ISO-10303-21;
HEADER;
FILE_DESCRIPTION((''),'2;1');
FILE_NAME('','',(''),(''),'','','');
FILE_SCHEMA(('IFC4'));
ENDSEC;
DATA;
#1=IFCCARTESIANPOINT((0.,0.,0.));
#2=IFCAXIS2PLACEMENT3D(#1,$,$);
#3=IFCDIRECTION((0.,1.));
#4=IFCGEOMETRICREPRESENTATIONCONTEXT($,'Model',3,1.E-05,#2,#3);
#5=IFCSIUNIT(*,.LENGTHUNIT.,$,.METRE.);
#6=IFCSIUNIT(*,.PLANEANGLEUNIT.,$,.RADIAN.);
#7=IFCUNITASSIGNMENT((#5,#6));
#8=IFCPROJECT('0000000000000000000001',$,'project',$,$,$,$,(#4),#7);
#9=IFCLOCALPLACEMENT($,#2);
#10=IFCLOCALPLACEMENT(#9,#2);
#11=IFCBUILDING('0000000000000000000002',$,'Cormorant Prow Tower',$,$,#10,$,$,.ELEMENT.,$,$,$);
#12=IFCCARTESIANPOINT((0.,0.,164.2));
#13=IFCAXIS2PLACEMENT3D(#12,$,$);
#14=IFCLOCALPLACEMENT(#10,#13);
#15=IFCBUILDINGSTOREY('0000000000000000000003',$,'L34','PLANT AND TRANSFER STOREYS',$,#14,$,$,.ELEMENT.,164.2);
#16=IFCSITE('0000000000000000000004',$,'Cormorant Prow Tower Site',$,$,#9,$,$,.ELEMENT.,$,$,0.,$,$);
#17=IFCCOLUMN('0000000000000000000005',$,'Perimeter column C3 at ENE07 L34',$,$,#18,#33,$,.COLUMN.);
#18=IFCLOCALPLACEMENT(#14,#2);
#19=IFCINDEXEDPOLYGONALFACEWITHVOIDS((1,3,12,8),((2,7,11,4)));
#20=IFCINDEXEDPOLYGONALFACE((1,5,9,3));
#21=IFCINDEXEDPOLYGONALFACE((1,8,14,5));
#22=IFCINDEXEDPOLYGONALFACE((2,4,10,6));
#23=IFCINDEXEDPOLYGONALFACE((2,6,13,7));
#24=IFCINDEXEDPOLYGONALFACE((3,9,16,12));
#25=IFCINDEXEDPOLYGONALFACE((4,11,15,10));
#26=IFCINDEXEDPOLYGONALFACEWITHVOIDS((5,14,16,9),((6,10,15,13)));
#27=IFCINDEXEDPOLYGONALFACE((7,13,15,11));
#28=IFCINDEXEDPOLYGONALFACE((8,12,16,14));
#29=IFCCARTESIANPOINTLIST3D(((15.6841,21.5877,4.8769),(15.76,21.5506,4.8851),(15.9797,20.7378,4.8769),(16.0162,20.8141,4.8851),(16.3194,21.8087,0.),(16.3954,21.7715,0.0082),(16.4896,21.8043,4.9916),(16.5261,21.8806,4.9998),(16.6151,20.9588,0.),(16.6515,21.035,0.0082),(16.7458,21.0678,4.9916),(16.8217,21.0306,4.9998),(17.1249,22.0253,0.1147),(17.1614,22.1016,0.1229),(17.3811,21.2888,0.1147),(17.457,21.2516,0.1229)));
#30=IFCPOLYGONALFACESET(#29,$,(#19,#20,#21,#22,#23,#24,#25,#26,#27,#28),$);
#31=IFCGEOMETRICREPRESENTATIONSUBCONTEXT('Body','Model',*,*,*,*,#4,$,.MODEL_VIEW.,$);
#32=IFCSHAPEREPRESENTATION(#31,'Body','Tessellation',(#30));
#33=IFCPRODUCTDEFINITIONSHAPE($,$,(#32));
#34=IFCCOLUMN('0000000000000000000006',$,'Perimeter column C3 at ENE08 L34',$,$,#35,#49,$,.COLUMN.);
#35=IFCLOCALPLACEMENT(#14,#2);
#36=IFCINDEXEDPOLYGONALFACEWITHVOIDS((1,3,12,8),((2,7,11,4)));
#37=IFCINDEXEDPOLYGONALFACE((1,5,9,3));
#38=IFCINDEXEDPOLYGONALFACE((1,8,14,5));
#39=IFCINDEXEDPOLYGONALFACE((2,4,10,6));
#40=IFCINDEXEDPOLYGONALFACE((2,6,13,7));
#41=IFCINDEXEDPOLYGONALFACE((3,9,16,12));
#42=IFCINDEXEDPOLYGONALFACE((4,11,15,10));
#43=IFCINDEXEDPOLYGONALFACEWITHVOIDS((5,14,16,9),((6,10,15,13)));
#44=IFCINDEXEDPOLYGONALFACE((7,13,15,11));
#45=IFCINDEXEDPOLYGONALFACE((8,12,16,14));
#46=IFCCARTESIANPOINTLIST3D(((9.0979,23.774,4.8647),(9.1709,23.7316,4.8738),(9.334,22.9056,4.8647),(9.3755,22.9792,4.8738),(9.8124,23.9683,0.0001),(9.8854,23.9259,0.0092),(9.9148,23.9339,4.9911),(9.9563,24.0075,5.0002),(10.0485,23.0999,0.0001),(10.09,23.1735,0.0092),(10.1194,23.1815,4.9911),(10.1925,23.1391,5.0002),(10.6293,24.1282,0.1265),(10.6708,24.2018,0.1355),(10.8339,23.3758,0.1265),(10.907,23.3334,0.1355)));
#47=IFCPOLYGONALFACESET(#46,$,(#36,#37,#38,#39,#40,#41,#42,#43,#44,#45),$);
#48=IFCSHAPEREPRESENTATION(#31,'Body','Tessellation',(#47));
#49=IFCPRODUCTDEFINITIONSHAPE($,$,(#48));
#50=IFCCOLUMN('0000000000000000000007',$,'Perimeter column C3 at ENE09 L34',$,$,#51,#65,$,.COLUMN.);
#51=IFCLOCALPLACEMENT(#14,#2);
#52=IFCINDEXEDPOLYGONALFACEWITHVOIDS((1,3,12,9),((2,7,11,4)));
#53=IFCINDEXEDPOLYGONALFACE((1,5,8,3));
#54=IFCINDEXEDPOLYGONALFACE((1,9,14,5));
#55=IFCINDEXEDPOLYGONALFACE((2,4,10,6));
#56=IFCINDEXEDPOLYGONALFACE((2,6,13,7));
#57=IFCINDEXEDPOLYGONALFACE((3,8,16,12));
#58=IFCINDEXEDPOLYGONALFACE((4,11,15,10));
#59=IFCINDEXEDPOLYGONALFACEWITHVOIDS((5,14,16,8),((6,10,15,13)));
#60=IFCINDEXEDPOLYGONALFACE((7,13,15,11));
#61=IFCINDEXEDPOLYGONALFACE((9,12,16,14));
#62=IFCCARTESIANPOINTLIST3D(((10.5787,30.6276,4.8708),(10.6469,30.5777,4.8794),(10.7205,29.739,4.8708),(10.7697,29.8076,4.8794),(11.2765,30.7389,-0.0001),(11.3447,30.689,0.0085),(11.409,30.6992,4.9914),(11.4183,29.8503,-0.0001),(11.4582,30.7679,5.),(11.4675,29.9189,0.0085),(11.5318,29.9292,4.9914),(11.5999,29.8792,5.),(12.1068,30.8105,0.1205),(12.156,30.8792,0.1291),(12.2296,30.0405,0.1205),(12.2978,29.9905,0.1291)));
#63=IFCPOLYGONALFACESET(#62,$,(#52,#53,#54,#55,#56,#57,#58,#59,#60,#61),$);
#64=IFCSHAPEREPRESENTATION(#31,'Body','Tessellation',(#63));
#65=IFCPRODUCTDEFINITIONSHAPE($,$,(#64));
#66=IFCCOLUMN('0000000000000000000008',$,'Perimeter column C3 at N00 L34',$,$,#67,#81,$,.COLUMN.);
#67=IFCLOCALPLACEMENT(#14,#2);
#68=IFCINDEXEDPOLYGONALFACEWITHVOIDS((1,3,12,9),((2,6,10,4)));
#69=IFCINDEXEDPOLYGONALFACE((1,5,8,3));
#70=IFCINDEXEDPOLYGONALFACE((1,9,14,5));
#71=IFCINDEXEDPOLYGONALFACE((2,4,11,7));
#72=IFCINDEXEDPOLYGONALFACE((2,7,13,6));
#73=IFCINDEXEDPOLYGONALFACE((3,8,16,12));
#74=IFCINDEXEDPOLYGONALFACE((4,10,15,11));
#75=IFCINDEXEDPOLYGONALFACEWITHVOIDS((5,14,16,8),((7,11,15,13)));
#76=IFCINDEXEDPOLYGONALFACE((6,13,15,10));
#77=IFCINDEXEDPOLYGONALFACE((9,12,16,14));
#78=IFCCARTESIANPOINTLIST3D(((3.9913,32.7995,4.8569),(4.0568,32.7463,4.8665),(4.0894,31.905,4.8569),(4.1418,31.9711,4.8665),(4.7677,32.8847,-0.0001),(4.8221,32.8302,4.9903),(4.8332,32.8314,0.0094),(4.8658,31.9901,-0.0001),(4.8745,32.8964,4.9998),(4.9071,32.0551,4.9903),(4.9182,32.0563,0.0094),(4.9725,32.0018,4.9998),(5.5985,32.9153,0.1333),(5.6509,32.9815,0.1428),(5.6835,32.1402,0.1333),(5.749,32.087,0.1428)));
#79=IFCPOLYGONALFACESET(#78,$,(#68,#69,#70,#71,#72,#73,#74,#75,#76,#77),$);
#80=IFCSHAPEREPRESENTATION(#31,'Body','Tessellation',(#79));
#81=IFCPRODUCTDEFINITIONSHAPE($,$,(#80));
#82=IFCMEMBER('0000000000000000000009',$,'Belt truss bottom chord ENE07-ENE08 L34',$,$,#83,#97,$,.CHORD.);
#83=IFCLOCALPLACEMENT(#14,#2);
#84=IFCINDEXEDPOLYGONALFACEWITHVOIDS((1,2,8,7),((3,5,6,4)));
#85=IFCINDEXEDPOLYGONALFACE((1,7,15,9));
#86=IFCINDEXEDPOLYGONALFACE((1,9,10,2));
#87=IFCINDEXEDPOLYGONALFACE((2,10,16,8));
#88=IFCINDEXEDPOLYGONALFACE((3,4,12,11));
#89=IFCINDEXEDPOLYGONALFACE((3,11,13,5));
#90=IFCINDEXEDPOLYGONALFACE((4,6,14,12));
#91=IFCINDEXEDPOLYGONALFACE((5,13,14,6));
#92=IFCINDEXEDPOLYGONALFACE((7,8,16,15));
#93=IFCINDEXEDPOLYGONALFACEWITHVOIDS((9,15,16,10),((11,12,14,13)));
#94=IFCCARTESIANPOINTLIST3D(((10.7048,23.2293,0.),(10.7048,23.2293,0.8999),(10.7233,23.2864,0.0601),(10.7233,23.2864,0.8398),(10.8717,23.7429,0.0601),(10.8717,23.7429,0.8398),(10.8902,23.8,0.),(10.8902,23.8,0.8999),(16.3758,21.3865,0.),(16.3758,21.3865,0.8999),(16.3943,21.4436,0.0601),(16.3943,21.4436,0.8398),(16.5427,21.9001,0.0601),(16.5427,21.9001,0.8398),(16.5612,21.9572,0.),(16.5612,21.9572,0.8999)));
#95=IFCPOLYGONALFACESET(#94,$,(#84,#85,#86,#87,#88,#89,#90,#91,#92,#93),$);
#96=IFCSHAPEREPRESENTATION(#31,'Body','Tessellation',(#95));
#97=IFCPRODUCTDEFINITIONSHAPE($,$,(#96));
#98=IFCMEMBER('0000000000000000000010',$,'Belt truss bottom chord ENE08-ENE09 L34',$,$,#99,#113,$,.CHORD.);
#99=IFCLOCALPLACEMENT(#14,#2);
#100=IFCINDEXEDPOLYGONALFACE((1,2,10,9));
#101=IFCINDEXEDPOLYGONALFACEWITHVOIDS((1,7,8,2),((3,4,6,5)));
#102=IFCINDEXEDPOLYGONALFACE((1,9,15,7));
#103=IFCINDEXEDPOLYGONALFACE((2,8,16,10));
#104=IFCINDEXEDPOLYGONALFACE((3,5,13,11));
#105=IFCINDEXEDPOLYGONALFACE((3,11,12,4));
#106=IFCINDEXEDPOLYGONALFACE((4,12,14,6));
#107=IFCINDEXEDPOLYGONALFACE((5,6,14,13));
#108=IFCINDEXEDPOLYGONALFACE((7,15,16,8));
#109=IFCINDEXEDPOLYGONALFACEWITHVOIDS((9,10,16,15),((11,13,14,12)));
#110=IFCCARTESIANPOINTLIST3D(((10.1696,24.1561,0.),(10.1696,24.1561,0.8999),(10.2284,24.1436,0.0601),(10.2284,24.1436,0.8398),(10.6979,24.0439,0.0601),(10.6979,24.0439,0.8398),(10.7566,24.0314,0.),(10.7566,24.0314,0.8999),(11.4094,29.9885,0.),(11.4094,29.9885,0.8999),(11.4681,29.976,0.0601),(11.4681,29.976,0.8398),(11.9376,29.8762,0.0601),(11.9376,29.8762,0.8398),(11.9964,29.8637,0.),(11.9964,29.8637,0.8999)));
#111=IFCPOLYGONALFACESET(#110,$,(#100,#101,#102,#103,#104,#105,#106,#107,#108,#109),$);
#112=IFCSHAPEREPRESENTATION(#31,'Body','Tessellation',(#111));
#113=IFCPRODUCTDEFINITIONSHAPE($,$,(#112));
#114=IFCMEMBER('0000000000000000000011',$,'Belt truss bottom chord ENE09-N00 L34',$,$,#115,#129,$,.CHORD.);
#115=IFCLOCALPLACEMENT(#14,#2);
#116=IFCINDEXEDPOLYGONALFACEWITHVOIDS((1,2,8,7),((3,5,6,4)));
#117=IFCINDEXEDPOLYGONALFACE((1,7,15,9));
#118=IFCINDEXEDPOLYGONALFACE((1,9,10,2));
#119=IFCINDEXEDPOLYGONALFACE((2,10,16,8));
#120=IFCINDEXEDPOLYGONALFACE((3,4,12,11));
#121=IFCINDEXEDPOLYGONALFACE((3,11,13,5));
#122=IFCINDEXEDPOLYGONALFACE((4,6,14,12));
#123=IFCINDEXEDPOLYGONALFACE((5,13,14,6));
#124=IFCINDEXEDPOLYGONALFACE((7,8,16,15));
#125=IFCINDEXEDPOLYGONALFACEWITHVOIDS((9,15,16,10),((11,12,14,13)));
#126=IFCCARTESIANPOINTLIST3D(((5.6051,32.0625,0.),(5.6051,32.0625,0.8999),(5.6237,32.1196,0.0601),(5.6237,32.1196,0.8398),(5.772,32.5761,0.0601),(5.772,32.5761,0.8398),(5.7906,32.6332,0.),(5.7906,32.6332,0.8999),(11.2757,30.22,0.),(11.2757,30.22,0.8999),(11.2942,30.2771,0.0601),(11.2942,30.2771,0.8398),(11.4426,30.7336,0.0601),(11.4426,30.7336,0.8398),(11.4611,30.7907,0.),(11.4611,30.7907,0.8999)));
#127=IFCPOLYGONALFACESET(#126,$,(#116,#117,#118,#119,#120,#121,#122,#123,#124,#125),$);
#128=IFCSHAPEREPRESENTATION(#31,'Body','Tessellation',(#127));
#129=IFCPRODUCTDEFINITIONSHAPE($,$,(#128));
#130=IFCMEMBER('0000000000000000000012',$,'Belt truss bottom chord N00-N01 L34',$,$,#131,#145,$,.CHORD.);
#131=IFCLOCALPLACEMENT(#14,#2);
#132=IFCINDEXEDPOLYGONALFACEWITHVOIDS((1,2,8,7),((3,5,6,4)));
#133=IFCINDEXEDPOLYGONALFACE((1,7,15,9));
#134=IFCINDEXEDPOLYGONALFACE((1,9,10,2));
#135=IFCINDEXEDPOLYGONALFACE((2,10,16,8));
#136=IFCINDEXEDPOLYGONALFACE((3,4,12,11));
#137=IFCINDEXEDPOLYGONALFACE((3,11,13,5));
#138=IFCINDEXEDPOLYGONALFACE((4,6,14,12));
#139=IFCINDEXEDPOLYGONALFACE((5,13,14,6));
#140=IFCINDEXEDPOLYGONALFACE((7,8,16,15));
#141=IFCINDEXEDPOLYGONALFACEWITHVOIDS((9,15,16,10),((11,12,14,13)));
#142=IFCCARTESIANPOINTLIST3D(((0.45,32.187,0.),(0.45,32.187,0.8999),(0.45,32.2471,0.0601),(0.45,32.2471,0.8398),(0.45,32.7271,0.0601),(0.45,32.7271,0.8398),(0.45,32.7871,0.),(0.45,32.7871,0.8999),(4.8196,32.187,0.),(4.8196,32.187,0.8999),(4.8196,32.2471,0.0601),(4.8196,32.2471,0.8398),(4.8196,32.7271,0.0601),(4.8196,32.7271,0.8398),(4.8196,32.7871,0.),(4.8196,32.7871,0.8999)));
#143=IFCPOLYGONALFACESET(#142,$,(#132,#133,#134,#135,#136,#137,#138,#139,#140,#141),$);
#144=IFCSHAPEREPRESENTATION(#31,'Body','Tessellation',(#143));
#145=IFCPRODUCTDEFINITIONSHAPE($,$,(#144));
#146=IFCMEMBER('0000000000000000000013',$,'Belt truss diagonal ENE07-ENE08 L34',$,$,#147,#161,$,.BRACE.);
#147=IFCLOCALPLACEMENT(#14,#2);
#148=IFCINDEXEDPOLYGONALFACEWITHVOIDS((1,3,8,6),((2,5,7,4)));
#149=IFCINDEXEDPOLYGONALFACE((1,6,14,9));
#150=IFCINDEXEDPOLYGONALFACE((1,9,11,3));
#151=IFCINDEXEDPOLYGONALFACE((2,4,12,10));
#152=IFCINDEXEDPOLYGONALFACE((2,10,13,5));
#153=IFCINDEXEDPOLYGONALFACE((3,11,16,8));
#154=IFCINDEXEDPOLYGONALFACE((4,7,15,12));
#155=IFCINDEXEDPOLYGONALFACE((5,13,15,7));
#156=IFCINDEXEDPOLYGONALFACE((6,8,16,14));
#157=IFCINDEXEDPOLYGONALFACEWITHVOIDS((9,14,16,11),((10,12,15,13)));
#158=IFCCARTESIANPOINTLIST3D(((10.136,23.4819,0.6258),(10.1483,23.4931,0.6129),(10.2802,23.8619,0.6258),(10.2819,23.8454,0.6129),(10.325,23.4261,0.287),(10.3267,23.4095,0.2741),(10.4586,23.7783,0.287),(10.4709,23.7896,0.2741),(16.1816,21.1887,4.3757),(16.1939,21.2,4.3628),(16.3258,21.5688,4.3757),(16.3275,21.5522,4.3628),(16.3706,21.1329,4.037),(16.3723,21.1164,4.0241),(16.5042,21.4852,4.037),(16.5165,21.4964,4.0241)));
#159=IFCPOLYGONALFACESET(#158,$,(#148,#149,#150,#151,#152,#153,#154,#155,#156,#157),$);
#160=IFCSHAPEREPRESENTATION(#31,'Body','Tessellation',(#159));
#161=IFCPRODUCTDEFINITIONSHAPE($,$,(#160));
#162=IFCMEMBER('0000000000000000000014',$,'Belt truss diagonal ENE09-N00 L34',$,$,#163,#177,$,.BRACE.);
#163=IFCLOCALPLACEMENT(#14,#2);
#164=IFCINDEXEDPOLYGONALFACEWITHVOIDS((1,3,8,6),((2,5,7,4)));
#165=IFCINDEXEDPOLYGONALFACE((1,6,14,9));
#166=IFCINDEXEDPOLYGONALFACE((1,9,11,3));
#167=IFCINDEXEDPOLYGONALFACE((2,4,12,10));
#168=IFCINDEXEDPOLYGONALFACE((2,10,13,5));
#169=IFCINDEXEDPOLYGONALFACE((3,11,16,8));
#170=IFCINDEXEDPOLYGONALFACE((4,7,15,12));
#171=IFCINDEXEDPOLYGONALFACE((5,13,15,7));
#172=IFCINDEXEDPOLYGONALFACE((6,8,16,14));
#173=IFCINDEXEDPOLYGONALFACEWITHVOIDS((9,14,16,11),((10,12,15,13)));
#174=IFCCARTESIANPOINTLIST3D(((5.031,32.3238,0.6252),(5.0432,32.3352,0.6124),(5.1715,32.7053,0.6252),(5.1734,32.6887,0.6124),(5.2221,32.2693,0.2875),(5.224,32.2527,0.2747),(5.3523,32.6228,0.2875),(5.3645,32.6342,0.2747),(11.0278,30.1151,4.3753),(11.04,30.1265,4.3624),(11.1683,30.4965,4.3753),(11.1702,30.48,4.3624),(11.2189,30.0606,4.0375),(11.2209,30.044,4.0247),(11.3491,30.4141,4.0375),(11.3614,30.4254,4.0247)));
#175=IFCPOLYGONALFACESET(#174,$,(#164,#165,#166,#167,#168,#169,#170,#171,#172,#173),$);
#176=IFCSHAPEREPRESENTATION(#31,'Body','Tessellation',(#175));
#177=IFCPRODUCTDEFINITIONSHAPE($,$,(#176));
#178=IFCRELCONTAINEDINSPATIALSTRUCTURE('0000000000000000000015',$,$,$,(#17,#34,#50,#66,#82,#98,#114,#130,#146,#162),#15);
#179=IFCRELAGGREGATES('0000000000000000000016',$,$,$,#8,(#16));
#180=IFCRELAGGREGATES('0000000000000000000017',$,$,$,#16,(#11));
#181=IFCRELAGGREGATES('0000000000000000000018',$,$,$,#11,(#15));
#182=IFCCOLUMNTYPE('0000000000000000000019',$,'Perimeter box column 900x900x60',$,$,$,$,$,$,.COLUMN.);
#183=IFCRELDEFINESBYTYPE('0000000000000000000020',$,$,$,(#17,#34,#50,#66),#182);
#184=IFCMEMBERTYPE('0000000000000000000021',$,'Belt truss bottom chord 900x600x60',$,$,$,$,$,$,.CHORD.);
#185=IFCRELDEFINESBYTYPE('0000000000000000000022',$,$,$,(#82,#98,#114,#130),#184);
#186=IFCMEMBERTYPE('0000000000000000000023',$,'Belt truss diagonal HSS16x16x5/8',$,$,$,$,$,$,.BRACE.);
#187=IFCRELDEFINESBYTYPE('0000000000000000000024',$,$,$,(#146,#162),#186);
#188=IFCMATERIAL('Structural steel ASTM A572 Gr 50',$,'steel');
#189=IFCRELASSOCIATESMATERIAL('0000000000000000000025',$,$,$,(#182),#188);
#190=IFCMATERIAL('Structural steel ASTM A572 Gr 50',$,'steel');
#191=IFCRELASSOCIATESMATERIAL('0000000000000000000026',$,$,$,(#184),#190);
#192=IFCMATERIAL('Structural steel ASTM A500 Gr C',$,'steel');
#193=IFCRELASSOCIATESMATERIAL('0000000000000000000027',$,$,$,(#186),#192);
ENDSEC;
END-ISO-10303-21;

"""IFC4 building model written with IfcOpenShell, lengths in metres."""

from ifc_helpers import new_model, si_unit, direction, frame, origin, origin_2d, place, context, subcontext, project, spatial, hollow_rectangle, extrude, material, material_profile, profile_set, type_object, element, save


model = new_model("IFC4")

# Units and contexts
model_context = context("Model", 3, precision=1e-05, world=origin(), true_north=direction((0.0, 1.0)))
body_context = subcontext(model_context, "Body", "Model", "MODEL_VIEW")
ifc_project = project(units=[si_unit("LENGTHUNIT", "METRE"), si_unit("PLANEANGLEUNIT", "RADIAN")], contexts=[model_context])

# Site, building, storey
site_placement = place(None, origin())
site = spatial("IfcSite", under=ifc_project, at=site_placement, Name="Cormorant Prow Tower Site", CompositionType="ELEMENT", RefElevation=0.0)
building_placement = place(site_placement, origin())
building = spatial("IfcBuilding", under=site, at=building_placement, Name="Cormorant Prow Tower", CompositionType="ELEMENT")
storey_placement = place(building_placement, frame((0.0, 0.0, 164.2)))
storey = spatial("IfcBuildingStorey", under=building, at=storey_placement, Name="L34", Description="PLANT AND TRANSFER STOREYS", CompositionType="ELEMENT", Elevation=164.2)

# Columns
ifc_material_1 = material(Name="Structural steel ASTM A572 Gr 50", Category="steel")
ifc_material_profile_1 = material_profile(ifc_material_1, hollow_rectangle(XDim=0.8999, YDim=0.8999, WallThickness=0.0601, at=origin_2d()), Name="Box 900x900x60")
ifc_profile_set_1 = profile_set([ifc_material_profile_1], Name="Structural steel ASTM A572 Gr 50")
column_type = type_object("IfcColumnType", Name="Perimeter box column 900x900x60", PredefinedType="COLUMN", material=ifc_profile_set_1)
column_1_placement = place(storey_placement, frame((16.8962, 21.533, 0.0), z_axis=(-0.129052, -0.044888, 0.990621), x_axis=(0.328521, -0.944497, 0.0)))
element("IfcColumn", 1, at=column_1_placement, inside=storey, type_object=column_type, Name="Perimeter column C3 at ENE07 L34", PredefinedType="COLUMN", context=body_context, shape_type="SweptSolid", body=[
    extrude(hollow_rectangle(XDim=0.8999, YDim=0.8999, WallThickness=0.0601, at=origin_2d()), frame((0.0, 0.0, 0.062)), (0.0, 0.0, 1.0), 4.9231),
])
column_2_placement = place(storey_placement, frame((10.3696, 23.6536, 0.0), z_axis=(-0.145203, -0.039487, 0.988614), x_axis=(0.262412, -0.964956, 0.0)))
element("IfcColumn", 2, at=column_2_placement, inside=storey, type_object=column_type, Name="Perimeter column C3 at ENE08 L34", PredefinedType="COLUMN", context=body_context, shape_type="SweptSolid", body=[
    extrude(hollow_rectangle(XDim=0.8999, YDim=0.8999, WallThickness=0.0601, at=origin_2d()), frame((0.0, 0.0, 0.0686)), (0.0, 0.0, 1.0), 4.9207),
])
column_3_placement = place(storey_placement, frame((11.7964, 30.3662, 0.0), z_axis=(-0.141778, -0.022615, 0.98964), x_axis=(0.157518, -0.987516, 0.0)))
element("IfcColumn", 3, at=column_3_placement, inside=storey, type_object=column_type, Name="Perimeter column C3 at ENE09 L34", PredefinedType="COLUMN", context=body_context, shape_type="SweptSolid", body=[
    extrude(hollow_rectangle(XDim=0.8999, YDim=0.8999, WallThickness=0.0601, at=origin_2d()), frame((0.0, 0.0, 0.0652)), (0.0, 0.0, 1.0), 4.9219),
])
column_4_placement = place(storey_placement, frame((5.2698, 32.4871, 0.0), z_axis=(-0.157835, -0.017307, 0.987314), x_axis=(0.108998, -0.994042, 0.0)))
element("IfcColumn", 4, at=column_4_placement, inside=storey, type_object=column_type, Name="Perimeter column C3 at N00 L34", PredefinedType="COLUMN", context=body_context, shape_type="SweptSolid", body=[
    extrude(hollow_rectangle(XDim=0.8999, YDim=0.8999, WallThickness=0.0601, at=origin_2d()), frame((0.0, 0.0, 0.0723)), (0.0, 0.0, 1.0), 4.9194),
])

# Members
ifc_material_2 = material(Name="Structural steel ASTM A572 Gr 50", Category="steel")
ifc_material_profile_2 = material_profile(ifc_material_2, hollow_rectangle(XDim=0.6001, YDim=0.8999, WallThickness=0.0601, at=origin_2d()), Name="Box 900x600x60")
ifc_profile_set_2 = profile_set([ifc_material_profile_2], Name="Structural steel ASTM A572 Gr 50")
member_type_1 = type_object("IfcMemberType", Name="Belt truss bottom chord 900x600x60", PredefinedType="CHORD", material=ifc_profile_set_2)
member_1_placement = place(storey_placement, frame((16.4685, 21.6719, 0.45), z_axis=(-0.951047, 0.309045, 0.0), x_axis=(-0.309045, -0.951047, 0.0)))
element("IfcMember", 5, at=member_1_placement, inside=storey, type_object=member_type_1, Name="Belt truss bottom chord ENE07-ENE08 L34", PredefinedType="CHORD", context=body_context, shape_type="SweptSolid", body=[
    extrude(hollow_rectangle(XDim=0.6001, YDim=0.8999, WallThickness=0.0601, at=origin_2d()), origin(), (0.0, 0.0, 1.0), 5.9629),
])
member_2_placement = place(storey_placement, frame((10.4631, 24.0938, 0.45), z_axis=(0.207921, 0.978146, 0.0), x_axis=(-0.978146, 0.207921, 0.0)))
element("IfcMember", 6, at=member_2_placement, inside=storey, type_object=member_type_1, Name="Belt truss bottom chord ENE08-ENE09 L34", PredefinedType="CHORD", context=body_context, shape_type="SweptSolid", body=[
    extrude(hollow_rectangle(XDim=0.6001, YDim=0.8999, WallThickness=0.0601, at=origin_2d()), origin(), (0.0, 0.0, 1.0), 5.9626),
])
member_3_placement = place(storey_placement, frame((11.3684, 30.5054, 0.45), z_axis=(-0.951055, 0.30902, 0.0), x_axis=(-0.30902, -0.951055, 0.0)))
element("IfcMember", 7, at=member_3_placement, inside=storey, type_object=member_type_1, Name="Belt truss bottom chord ENE09-N00 L34", PredefinedType="CHORD", context=body_context, shape_type="SweptSolid", body=[
    extrude(hollow_rectangle(XDim=0.6001, YDim=0.8999, WallThickness=0.0601, at=origin_2d()), origin(), (0.0, 0.0, 1.0), 5.9624),
])
member_4_placement = place(storey_placement, frame((4.8196, 32.4871, 0.45), z_axis=(-1.0, 0.0, 0.0), x_axis=(0.0, -1.0, 0.0)))
element("IfcMember", 8, at=member_4_placement, inside=storey, type_object=member_type_1, Name="Belt truss bottom chord N00-N01 L34", PredefinedType="CHORD", context=body_context, shape_type="SweptSolid", body=[
    extrude(hollow_rectangle(XDim=0.6001, YDim=0.8999, WallThickness=0.0601, at=origin_2d()), origin(), (0.0, 0.0, 1.0), 4.3696),
])
ifc_material_3 = material(Name="Structural steel ASTM A500 Gr C", Category="steel")
ifc_material_profile_3 = material_profile(ifc_material_3, hollow_rectangle(XDim=0.4065, YDim=0.4065, WallThickness=0.0149, at=origin_2d()), Name="HSS16x16x5/8")
ifc_profile_set_3 = profile_set([ifc_material_profile_3], Name="Structural steel ASTM A500 Gr C")
member_type_2 = type_object("IfcMemberType", Name="Belt truss diagonal HSS16x16x5/8", PredefinedType="BRACE", material=ifc_profile_set_3)
member_5_placement = place(storey_placement, frame((10.3035, 23.6357, 0.45), z_axis=(0.808815, -0.306796, 0.501692), x_axis=(0.354659, 0.934996, 0.0)))
element("IfcMember", 9, at=member_5_placement, inside=storey, type_object=member_type_2, Name="Belt truss diagonal ENE07-ENE08 L34", PredefinedType="BRACE", context=body_context, shape_type="SweptSolid", body=[
    extrude(hollow_rectangle(XDim=0.4065, YDim=0.4065, WallThickness=0.0149, at=origin_2d()), origin(), (0.0, 0.0, 1.0), 7.4746),
])
member_6_placement = place(storey_placement, frame((5.1978, 32.479, 0.45), z_axis=(0.809326, -0.29809, 0.506097), x_axis=(0.34562, 0.938374, 0.0)))
element("IfcMember", 10, at=member_6_placement, inside=storey, type_object=member_type_2, Name="Belt truss diagonal ENE09-N00 L34", PredefinedType="BRACE", context=body_context, shape_type="SweptSolid", body=[
    extrude(hollow_rectangle(XDim=0.4065, YDim=0.4065, WallThickness=0.0149, at=origin_2d()), origin(), (0.0, 0.0, 1.0), 7.4097),
])

save(model, "model.ifc")
